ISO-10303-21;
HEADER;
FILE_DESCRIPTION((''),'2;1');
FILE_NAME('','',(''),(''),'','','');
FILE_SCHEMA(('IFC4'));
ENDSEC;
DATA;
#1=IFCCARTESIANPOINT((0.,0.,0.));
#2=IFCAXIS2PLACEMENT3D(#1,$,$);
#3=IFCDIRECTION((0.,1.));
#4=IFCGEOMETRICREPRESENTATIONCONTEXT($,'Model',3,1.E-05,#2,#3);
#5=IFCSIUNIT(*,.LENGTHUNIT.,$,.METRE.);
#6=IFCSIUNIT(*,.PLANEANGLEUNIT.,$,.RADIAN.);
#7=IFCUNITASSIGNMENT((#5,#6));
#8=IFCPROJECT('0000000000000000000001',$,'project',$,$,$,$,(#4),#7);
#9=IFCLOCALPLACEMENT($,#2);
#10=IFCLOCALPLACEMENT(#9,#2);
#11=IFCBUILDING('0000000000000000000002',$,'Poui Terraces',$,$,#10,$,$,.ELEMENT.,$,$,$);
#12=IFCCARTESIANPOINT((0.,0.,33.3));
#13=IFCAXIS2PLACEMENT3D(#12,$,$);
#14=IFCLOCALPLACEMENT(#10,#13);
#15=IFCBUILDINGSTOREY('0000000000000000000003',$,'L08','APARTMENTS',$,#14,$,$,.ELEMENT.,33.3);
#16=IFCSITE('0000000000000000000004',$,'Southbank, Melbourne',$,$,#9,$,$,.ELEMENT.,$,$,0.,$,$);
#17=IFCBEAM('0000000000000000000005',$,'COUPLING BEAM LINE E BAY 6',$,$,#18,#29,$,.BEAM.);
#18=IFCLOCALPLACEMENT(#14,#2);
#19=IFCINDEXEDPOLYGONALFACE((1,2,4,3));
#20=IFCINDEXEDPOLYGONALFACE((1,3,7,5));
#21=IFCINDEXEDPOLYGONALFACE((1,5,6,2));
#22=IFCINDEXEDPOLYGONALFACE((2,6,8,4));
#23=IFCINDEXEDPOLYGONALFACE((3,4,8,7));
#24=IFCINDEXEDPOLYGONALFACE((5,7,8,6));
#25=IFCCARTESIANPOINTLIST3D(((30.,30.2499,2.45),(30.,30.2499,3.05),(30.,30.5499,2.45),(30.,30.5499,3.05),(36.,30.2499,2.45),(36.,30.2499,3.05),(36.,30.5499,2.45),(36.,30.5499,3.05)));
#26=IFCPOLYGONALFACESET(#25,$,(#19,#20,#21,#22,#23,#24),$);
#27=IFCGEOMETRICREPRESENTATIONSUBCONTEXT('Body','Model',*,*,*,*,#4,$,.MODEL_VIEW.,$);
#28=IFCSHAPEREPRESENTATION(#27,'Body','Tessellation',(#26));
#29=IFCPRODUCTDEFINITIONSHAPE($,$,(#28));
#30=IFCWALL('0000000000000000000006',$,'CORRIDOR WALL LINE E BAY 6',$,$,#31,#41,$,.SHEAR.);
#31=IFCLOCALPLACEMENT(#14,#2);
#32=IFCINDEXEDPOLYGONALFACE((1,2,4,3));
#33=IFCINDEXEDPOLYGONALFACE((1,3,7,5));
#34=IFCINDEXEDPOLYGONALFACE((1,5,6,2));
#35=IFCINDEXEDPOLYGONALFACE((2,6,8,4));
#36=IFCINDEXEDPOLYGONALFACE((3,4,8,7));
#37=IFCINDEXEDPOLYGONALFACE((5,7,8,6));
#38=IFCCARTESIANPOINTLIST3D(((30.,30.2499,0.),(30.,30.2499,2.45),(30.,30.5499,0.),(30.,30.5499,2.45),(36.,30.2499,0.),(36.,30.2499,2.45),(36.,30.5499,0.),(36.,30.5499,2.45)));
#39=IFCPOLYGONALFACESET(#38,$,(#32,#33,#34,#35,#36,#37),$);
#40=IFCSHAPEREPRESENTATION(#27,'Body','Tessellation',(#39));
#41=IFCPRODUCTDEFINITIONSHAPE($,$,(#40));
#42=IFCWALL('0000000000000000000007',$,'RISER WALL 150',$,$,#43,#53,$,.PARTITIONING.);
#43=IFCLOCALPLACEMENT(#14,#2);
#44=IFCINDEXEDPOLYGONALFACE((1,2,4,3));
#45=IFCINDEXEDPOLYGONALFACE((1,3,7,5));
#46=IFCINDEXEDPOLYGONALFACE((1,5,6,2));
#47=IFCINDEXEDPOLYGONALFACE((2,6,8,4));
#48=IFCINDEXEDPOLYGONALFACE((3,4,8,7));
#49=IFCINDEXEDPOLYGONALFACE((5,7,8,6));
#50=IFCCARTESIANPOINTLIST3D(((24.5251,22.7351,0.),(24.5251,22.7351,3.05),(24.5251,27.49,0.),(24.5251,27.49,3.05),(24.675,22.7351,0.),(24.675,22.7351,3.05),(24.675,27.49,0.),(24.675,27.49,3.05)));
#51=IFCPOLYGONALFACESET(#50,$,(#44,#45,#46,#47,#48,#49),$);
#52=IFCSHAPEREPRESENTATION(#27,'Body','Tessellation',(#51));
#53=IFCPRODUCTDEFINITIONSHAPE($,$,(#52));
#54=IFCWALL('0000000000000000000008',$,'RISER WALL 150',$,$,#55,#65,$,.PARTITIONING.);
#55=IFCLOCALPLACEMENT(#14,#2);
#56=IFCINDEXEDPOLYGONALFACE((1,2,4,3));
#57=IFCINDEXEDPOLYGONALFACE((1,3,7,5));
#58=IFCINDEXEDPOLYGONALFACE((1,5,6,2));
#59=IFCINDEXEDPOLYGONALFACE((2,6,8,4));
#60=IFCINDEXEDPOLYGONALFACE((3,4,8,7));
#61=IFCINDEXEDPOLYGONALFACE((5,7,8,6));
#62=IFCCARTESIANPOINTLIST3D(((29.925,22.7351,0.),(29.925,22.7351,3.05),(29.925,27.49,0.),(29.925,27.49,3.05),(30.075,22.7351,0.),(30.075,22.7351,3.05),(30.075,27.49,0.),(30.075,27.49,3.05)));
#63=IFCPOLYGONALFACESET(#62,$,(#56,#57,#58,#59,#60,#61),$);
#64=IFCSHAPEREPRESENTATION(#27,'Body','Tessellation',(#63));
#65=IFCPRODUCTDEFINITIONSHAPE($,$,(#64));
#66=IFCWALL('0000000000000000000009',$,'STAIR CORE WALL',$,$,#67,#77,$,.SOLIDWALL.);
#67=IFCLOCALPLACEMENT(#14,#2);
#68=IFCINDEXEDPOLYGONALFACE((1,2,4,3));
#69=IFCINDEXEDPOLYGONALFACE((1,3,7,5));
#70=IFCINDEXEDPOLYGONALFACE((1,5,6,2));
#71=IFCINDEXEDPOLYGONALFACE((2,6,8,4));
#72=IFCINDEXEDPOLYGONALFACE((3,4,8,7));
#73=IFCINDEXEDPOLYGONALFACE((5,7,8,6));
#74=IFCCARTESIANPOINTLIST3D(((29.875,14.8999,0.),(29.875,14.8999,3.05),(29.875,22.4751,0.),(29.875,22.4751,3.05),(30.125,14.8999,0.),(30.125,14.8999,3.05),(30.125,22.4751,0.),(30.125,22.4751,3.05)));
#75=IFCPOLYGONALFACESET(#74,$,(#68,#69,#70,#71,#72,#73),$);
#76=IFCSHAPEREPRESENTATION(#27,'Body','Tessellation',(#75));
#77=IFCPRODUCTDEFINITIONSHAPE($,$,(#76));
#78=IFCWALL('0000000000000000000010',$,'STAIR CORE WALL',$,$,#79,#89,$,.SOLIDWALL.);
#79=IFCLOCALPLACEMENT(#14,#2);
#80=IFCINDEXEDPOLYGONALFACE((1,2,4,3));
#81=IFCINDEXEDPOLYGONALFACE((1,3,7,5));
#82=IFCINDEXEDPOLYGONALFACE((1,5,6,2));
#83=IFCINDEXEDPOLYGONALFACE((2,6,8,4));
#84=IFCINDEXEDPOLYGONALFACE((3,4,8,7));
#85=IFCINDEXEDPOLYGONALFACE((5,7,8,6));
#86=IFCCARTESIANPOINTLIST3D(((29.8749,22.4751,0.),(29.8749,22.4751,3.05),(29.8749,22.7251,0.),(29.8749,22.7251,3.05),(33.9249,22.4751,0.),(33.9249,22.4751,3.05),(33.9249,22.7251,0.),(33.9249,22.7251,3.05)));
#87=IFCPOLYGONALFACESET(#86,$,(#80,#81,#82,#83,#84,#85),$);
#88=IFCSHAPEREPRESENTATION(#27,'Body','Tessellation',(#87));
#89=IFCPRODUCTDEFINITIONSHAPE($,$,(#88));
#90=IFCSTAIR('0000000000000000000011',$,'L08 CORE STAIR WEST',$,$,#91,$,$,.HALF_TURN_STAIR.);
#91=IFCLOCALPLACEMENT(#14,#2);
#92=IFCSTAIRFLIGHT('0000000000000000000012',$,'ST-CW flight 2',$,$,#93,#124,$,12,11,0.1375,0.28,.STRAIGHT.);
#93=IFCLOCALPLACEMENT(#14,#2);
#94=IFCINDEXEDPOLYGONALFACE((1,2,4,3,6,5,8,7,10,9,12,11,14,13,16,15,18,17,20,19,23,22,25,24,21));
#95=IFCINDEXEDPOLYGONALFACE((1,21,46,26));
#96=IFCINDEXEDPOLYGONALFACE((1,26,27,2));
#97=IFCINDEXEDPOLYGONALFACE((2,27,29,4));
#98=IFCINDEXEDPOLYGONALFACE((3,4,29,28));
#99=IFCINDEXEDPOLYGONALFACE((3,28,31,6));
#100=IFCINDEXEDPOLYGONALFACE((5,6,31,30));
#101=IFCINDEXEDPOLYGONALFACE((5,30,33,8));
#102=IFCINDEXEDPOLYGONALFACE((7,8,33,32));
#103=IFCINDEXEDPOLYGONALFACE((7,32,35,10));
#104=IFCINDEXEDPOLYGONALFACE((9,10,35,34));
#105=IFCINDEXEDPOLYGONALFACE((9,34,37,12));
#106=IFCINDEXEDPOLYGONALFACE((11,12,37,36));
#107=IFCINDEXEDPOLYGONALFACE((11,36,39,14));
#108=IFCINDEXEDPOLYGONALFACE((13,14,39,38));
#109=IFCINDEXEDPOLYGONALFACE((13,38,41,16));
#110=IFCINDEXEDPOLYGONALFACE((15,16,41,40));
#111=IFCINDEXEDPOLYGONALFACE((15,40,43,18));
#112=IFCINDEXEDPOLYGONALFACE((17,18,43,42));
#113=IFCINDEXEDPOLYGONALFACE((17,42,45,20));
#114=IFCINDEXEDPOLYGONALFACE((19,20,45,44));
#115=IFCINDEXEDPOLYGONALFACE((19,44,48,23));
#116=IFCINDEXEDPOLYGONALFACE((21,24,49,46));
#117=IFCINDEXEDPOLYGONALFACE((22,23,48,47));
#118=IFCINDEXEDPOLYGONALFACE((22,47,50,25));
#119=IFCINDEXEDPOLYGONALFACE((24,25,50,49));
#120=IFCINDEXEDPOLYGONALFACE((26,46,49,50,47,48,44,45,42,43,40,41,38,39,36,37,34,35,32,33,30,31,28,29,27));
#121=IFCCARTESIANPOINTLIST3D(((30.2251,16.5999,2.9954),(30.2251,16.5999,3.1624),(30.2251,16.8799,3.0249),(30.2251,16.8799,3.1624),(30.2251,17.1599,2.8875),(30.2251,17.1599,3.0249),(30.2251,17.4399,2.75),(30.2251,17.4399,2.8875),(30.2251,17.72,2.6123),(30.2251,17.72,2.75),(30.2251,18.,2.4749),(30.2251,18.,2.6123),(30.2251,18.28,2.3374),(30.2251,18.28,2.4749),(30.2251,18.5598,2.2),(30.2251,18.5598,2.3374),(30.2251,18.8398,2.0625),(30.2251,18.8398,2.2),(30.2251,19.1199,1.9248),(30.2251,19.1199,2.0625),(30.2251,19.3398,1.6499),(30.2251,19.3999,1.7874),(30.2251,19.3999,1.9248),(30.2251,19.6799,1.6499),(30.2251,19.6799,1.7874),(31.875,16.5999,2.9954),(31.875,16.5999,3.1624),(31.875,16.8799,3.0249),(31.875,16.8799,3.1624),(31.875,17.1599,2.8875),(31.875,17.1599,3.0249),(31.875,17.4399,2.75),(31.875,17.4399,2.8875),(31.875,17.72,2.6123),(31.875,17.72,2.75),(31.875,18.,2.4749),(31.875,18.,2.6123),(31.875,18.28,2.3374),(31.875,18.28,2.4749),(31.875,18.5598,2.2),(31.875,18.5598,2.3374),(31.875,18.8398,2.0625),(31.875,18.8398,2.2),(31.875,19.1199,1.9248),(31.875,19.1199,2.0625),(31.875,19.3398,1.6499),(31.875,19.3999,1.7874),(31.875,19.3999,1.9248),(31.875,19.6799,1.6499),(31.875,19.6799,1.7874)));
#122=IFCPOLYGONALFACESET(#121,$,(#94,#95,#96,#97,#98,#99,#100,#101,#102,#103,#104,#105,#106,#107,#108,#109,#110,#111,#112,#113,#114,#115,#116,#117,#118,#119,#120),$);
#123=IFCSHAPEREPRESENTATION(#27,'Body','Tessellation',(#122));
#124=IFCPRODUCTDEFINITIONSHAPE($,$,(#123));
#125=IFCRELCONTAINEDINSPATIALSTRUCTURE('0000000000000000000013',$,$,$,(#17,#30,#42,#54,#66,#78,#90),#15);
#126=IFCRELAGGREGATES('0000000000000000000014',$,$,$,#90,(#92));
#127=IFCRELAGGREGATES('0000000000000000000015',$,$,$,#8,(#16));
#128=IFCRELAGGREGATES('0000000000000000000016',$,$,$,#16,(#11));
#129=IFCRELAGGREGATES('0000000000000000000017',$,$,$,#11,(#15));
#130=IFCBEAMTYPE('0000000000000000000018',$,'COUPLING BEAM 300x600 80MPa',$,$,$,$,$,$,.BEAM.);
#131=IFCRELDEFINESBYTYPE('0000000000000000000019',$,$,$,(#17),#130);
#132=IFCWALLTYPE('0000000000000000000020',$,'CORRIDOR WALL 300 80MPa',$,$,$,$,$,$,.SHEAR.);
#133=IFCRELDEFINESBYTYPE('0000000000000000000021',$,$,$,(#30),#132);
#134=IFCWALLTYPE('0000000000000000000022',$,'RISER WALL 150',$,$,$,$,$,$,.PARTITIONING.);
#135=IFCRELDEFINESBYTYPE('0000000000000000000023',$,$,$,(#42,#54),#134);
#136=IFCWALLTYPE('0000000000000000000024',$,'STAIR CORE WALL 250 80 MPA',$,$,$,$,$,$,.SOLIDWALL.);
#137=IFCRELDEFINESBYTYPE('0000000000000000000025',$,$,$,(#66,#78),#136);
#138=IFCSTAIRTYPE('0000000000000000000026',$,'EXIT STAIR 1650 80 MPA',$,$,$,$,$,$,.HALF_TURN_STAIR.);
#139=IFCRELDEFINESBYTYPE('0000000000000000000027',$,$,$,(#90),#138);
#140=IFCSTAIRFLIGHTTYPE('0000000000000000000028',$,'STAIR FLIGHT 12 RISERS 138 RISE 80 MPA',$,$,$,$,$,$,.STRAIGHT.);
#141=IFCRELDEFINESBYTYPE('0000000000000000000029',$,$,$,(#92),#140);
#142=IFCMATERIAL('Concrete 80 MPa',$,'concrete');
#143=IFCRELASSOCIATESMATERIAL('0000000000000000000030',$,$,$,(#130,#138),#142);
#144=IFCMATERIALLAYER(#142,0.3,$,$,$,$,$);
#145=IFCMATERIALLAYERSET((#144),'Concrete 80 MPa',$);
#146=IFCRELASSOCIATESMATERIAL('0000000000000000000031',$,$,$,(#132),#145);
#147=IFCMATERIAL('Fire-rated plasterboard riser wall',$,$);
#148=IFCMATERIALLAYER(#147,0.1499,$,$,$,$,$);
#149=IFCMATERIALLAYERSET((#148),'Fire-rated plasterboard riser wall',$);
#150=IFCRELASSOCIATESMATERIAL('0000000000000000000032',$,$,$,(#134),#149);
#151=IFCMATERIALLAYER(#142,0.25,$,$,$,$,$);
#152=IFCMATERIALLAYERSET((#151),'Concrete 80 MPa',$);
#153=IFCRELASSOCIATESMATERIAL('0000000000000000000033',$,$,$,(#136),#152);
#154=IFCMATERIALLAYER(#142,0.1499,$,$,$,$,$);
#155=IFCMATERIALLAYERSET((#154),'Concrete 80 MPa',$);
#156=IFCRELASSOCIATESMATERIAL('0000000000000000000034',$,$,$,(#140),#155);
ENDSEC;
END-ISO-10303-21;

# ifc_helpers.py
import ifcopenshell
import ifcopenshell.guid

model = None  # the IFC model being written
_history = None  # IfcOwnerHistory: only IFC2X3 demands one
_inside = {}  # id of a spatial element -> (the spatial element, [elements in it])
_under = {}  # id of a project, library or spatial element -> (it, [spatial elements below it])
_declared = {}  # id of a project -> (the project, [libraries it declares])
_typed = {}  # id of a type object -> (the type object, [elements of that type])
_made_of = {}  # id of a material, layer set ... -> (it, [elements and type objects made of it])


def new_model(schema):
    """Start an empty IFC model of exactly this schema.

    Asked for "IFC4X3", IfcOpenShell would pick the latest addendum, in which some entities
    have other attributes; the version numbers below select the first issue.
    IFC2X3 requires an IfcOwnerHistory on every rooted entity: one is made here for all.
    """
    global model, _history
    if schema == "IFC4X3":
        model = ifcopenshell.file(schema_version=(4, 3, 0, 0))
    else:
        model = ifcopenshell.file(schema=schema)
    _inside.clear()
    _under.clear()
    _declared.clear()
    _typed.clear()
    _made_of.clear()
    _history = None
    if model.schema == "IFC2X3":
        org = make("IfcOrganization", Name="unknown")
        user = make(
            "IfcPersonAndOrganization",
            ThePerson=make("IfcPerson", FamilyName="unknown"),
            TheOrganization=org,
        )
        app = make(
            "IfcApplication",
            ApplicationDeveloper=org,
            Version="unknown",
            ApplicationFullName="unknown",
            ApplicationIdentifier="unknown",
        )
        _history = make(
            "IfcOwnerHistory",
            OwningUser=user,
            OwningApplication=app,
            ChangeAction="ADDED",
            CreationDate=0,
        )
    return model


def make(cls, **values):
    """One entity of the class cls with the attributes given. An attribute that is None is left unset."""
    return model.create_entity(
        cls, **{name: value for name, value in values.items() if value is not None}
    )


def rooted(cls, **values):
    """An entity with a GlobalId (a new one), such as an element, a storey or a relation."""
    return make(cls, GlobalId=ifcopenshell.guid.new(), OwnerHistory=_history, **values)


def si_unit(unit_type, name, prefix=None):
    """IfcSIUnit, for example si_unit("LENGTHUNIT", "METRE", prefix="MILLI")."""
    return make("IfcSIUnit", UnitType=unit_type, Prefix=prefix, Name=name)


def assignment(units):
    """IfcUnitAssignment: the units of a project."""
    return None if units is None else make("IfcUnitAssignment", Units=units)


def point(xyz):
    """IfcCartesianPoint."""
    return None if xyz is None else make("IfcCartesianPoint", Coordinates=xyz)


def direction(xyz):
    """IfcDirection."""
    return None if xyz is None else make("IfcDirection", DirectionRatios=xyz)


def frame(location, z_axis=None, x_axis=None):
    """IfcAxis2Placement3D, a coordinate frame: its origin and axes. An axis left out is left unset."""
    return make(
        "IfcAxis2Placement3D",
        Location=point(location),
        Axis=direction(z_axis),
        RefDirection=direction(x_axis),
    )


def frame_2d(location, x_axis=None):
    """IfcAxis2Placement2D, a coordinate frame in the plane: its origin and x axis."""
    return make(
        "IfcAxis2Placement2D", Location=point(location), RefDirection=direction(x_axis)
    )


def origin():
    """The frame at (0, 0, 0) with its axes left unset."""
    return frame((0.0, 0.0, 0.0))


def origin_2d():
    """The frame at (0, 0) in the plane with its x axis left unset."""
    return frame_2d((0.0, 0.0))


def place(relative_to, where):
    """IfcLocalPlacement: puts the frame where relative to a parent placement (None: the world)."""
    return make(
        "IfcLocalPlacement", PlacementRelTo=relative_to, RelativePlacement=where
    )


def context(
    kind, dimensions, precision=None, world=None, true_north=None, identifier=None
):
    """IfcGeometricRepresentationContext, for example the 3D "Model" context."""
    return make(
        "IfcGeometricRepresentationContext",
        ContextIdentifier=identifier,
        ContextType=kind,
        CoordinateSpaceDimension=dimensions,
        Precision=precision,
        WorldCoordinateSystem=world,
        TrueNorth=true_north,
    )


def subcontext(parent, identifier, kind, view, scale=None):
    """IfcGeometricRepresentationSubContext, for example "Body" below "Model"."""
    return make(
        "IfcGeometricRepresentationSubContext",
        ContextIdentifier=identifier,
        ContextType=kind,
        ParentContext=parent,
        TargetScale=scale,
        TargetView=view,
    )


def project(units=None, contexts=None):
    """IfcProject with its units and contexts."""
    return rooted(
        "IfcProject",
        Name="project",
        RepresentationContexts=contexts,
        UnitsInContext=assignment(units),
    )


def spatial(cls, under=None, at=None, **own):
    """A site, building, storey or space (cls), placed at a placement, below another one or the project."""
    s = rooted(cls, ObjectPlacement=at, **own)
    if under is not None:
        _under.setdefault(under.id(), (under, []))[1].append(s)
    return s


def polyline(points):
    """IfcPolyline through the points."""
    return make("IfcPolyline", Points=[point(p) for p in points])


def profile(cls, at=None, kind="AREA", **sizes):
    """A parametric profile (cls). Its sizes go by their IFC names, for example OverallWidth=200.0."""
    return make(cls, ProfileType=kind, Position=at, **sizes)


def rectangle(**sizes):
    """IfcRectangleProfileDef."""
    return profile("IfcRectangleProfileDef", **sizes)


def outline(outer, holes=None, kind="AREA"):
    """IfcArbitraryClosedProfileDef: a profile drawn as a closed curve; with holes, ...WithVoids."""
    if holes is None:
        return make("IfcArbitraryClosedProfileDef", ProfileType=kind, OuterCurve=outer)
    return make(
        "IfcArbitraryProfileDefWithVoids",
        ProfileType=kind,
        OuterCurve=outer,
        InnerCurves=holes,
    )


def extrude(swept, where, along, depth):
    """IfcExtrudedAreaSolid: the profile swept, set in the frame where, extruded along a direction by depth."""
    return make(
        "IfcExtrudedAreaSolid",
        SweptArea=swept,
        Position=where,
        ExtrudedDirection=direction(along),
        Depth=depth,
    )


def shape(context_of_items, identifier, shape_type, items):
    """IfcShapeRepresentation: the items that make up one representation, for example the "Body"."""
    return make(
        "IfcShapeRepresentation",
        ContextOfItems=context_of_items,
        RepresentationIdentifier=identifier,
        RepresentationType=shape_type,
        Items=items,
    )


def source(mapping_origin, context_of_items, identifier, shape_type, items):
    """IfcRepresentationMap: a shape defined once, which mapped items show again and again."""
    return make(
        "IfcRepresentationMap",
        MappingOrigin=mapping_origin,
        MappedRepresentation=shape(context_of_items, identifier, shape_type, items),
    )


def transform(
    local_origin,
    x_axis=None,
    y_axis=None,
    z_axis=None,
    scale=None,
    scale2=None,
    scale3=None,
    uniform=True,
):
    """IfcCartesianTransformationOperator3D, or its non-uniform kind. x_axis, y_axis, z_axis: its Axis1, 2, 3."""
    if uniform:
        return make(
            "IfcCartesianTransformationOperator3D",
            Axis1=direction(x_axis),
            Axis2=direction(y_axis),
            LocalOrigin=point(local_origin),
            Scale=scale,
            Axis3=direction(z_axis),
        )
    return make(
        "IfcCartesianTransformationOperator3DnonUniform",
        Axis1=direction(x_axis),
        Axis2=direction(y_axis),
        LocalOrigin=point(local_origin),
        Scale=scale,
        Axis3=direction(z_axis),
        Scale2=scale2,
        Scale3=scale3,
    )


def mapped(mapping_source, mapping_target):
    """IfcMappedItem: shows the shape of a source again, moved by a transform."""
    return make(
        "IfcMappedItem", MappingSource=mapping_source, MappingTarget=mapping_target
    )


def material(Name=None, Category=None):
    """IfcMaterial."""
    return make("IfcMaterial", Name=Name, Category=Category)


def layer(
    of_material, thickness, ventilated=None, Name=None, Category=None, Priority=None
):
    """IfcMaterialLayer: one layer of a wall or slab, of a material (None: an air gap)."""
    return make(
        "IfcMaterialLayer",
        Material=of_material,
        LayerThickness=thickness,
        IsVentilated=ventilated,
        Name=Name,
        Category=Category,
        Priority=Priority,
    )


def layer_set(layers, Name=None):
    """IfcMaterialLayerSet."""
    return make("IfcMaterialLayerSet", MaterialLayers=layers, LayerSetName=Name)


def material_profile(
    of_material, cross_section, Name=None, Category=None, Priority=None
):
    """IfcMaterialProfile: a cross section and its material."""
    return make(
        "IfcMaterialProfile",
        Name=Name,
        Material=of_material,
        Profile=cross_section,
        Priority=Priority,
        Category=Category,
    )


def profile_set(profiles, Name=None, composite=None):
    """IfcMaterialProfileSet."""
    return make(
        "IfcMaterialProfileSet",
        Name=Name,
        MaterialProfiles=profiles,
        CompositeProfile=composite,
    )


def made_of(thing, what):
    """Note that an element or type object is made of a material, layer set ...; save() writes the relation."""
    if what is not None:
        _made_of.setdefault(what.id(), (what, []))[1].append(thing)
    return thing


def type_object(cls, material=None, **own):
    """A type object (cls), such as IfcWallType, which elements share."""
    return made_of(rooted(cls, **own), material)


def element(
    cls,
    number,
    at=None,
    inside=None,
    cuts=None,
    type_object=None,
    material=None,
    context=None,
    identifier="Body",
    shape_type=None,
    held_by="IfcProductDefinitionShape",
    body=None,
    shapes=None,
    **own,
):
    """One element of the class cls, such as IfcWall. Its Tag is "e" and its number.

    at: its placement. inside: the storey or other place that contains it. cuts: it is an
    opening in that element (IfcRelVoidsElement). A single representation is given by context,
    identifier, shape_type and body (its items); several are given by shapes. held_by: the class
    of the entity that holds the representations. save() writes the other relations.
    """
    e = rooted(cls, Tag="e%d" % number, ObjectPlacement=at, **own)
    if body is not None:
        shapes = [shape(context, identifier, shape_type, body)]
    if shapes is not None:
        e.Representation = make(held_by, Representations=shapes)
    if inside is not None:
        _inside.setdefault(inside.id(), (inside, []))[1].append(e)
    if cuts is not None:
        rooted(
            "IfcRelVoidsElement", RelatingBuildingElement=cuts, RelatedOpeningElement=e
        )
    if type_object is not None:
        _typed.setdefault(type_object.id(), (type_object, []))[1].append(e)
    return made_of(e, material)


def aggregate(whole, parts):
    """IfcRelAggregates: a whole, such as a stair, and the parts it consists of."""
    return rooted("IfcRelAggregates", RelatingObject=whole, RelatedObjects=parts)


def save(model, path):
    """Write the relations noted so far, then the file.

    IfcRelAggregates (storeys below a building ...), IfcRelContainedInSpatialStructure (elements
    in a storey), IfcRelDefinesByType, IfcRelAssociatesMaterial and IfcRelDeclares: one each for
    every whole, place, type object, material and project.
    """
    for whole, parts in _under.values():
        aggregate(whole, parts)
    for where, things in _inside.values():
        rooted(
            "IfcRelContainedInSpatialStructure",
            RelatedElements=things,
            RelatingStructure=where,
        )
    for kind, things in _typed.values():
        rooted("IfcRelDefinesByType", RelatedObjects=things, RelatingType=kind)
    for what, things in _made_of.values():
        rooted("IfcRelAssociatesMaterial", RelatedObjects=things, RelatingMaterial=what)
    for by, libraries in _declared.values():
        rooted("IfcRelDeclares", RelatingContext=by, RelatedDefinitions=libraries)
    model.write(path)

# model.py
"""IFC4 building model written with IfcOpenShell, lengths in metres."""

from ifc_helpers import new_model, si_unit, direction, frame, frame_2d, origin, origin_2d, place, context, subcontext, project, spatial, polyline, rectangle, outline, extrude, source, transform, mapped, material, layer, layer_set, material_profile, profile_set, type_object, element, aggregate, save


model = new_model("IFC4")

# Units and contexts
model_context = context("Model", 3, precision=1e-05, world=origin(), true_north=direction((0.0, 1.0)))
body_context = subcontext(model_context, "Body", "Model", "MODEL_VIEW")
ifc_project = project(units=[si_unit("LENGTHUNIT", "METRE"), si_unit("PLANEANGLEUNIT", "RADIAN")], contexts=[model_context])

# Site, building, storey
site_placement = place(None, origin())
site = spatial("IfcSite", under=ifc_project, at=site_placement, Name="Southbank, Melbourne", CompositionType="ELEMENT", RefElevation=0.0)
building_placement = place(site_placement, origin())
building = spatial("IfcBuilding", under=site, at=building_placement, Name="Poui Terraces", CompositionType="ELEMENT")
storey_placement = place(building_placement, frame((0.0, 0.0, 33.3)))
storey = spatial("IfcBuildingStorey", under=building, at=storey_placement, Name="L08", Description="APARTMENTS", CompositionType="ELEMENT", Elevation=33.3)

# Beam
ifc_material_1 = material(Name="Concrete 80 MPa", Category="concrete")
ifc_material_profile = material_profile(ifc_material_1, rectangle(XDim=0.3, YDim=0.6001, at=origin_2d()), Name="RC 300x600")
ifc_profile_set = profile_set([ifc_material_profile], Name="Concrete 80 MPa")
beam_type = type_object("IfcBeamType", Name="COUPLING BEAM 300x600 80MPa", PredefinedType="BEAM", material=ifc_profile_set)
shared_shape = source(origin(), body_context, "Body", "SweptSolid", [
    extrude(rectangle(XDim=0.3, YDim=0.6001, at=origin_2d()), origin(), (0.0, 0.0, 1.0), 6.0),
])
beam_placement = place(storey_placement, frame((30.0, 30.3999, 2.75), z_axis=(1.0, 0.0, 0.0), x_axis=(0.0, 1.0, 0.0)))
element("IfcBeam", 1, at=beam_placement, inside=storey, type_object=beam_type, Name="COUPLING BEAM LINE E BAY 6", PredefinedType="BEAM", context=body_context, shape_type="MappedRepresentation", body=[
    mapped(shared_shape, transform((0.0, 0.0, 0.0))),
])

# Walls
ifc_layer_1 = layer(ifc_material_1, 0.3)
ifc_layer_set_1 = layer_set([ifc_layer_1], Name="Concrete 80 MPa")
wall_type_1 = type_object("IfcWallType", Name="CORRIDOR WALL 300 80MPa", PredefinedType="SHEAR", material=ifc_layer_set_1)
wall_1_placement = place(storey_placement, frame((30.0, 30.3999, 0.0), z_axis=(0.0, 0.0, 1.0), x_axis=(1.0, 0.0, 0.0)))
element("IfcWall", 2, at=wall_1_placement, inside=storey, type_object=wall_type_1, Name="CORRIDOR WALL LINE E BAY 6", PredefinedType="SHEAR", context=body_context, shape_type="SweptSolid", body=[
    extrude(rectangle(XDim=6.0, YDim=0.3, at=frame_2d((3.0, 0.0))), origin(), (0.0, 0.0, 1.0), 2.45),
])
ifc_material_2 = material(Name="Fire-rated plasterboard riser wall")
ifc_layer_2 = layer(ifc_material_2, 0.1499)
ifc_layer_set_2 = layer_set([ifc_layer_2], Name="Fire-rated plasterboard riser wall")
wall_type_2 = type_object("IfcWallType", Name="RISER WALL 150", PredefinedType="PARTITIONING", material=ifc_layer_set_2)
for number, where, z_axis, x_axis, name in (
    (3, (24.6001, 22.7351, 0.0), (0.0, 0.0, 1.0), (0.0, 1.0, 0.0), "RISER WALL 150"),
    (4, (30.0, 22.7351, 0.0), (0.0, 0.0, 1.0), (0.0, 1.0, 0.0), "RISER WALL 150"),
):
    element("IfcWall", number, at=place(storey_placement, frame(where, z_axis=z_axis, x_axis=x_axis)), inside=storey, type_object=wall_type_2, Name=name, PredefinedType="PARTITIONING", context=body_context, shape_type="SweptSolid", body=[
        extrude(rectangle(XDim=4.7549, YDim=0.1499, at=frame_2d((2.3774, 0.0))), origin(), (0.0, 0.0, 1.0), 3.05),
    ])
ifc_layer_3 = layer(ifc_material_1, 0.25)
ifc_layer_set_3 = layer_set([ifc_layer_3], Name="Concrete 80 MPa")
wall_type_3 = type_object("IfcWallType", Name="STAIR CORE WALL 250 80 MPA", PredefinedType="SOLIDWALL", material=ifc_layer_set_3)
wall_2_placement = place(storey_placement, frame((30.0, 14.8999, 0.0), z_axis=(0.0, 0.0, 1.0), x_axis=(0.0, 1.0, 0.0)))
element("IfcWall", 5, at=wall_2_placement, inside=storey, type_object=wall_type_3, Name="STAIR CORE WALL", PredefinedType="SOLIDWALL", context=body_context, shape_type="SweptSolid", body=[
    extrude(rectangle(XDim=7.5752, YDim=0.25, at=frame_2d((3.7876, 0.0))), origin(), (0.0, 0.0, 1.0), 3.05),
])
wall_3_placement = place(storey_placement, frame((29.875, 22.6001, 0.0), z_axis=(0.0, 0.0, 1.0), x_axis=(1.0, 0.0, 0.0)))
element("IfcWall", 6, at=wall_3_placement, inside=storey, type_object=wall_type_3, Name="STAIR CORE WALL", PredefinedType="SOLIDWALL", context=body_context, shape_type="SweptSolid", body=[
    extrude(rectangle(XDim=4.05, YDim=0.25, at=frame_2d((2.0249, 0.0))), origin(), (0.0, 0.0, 1.0), 3.05),
])

# Stair, stair flight
stair_type = type_object("IfcStairType", Name="EXIT STAIR 1650 80 MPA", PredefinedType="HALF_TURN_STAIR", material=ifc_material_1)
stair_placement = place(storey_placement, origin())
stair = element("IfcStair", 7, at=stair_placement, inside=storey, type_object=stair_type, Name="L08 CORE STAIR WEST", PredefinedType="HALF_TURN_STAIR")
ifc_layer_4 = layer(ifc_material_1, 0.1499)
ifc_layer_set_4 = layer_set([ifc_layer_4], Name="Concrete 80 MPa")
stair_flight_type = type_object("IfcStairFlightType", Name="STAIR FLIGHT 12 RISERS 138 RISE 80 MPA", PredefinedType="STRAIGHT", material=ifc_layer_set_4)
stair_flight_placement = place(storey_placement, frame((31.05, 19.6799, 1.6499), z_axis=(0.0, 0.0, 1.0), x_axis=(0.0, -1.0, 0.0)))
stair_flight = element("IfcStairFlight", 8, at=stair_flight_placement, type_object=stair_flight_type, Name="ST-CW flight 2", NumberOfRisers=12, NumberOfTreads=11, PredefinedType="STRAIGHT", RiserHeight=0.1375, TreadLength=0.28, context=body_context, shape_type="SweptSolid", body=[
    extrude(outline(polyline([(0.0, 0.0), (0.0, 0.1375), (0.28, 0.1375), (0.28, 0.2749), (0.5601, 0.2749), (0.5601, 0.4126), (0.8401, 0.4126), (0.8401, 0.55), (1.1201, 0.55), (1.1201, 0.6875), (1.3999, 0.6875), (1.3999, 0.825), (1.6799, 0.825), (1.6799, 0.9624), (1.96, 0.9624), (1.96, 1.1001), (2.24, 1.1001), (2.24, 1.2375), (2.52, 1.2375), (2.52, 1.375), (2.8, 1.375), (2.8, 1.5125), (3.0801, 1.5125), (3.0801, 1.6499), (3.0801, 1.3455), (0.3401, 0.0), (0.0, 0.0)])), frame((0.0, 0.825, 0.0), z_axis=(0.0, -1.0, 0.0), x_axis=(1.0, 0.0, 0.0)), (0.0, 0.0, 1.0), 1.6499),
])
aggregate(stair, [stair_flight])

save(model, "model.ifc")
